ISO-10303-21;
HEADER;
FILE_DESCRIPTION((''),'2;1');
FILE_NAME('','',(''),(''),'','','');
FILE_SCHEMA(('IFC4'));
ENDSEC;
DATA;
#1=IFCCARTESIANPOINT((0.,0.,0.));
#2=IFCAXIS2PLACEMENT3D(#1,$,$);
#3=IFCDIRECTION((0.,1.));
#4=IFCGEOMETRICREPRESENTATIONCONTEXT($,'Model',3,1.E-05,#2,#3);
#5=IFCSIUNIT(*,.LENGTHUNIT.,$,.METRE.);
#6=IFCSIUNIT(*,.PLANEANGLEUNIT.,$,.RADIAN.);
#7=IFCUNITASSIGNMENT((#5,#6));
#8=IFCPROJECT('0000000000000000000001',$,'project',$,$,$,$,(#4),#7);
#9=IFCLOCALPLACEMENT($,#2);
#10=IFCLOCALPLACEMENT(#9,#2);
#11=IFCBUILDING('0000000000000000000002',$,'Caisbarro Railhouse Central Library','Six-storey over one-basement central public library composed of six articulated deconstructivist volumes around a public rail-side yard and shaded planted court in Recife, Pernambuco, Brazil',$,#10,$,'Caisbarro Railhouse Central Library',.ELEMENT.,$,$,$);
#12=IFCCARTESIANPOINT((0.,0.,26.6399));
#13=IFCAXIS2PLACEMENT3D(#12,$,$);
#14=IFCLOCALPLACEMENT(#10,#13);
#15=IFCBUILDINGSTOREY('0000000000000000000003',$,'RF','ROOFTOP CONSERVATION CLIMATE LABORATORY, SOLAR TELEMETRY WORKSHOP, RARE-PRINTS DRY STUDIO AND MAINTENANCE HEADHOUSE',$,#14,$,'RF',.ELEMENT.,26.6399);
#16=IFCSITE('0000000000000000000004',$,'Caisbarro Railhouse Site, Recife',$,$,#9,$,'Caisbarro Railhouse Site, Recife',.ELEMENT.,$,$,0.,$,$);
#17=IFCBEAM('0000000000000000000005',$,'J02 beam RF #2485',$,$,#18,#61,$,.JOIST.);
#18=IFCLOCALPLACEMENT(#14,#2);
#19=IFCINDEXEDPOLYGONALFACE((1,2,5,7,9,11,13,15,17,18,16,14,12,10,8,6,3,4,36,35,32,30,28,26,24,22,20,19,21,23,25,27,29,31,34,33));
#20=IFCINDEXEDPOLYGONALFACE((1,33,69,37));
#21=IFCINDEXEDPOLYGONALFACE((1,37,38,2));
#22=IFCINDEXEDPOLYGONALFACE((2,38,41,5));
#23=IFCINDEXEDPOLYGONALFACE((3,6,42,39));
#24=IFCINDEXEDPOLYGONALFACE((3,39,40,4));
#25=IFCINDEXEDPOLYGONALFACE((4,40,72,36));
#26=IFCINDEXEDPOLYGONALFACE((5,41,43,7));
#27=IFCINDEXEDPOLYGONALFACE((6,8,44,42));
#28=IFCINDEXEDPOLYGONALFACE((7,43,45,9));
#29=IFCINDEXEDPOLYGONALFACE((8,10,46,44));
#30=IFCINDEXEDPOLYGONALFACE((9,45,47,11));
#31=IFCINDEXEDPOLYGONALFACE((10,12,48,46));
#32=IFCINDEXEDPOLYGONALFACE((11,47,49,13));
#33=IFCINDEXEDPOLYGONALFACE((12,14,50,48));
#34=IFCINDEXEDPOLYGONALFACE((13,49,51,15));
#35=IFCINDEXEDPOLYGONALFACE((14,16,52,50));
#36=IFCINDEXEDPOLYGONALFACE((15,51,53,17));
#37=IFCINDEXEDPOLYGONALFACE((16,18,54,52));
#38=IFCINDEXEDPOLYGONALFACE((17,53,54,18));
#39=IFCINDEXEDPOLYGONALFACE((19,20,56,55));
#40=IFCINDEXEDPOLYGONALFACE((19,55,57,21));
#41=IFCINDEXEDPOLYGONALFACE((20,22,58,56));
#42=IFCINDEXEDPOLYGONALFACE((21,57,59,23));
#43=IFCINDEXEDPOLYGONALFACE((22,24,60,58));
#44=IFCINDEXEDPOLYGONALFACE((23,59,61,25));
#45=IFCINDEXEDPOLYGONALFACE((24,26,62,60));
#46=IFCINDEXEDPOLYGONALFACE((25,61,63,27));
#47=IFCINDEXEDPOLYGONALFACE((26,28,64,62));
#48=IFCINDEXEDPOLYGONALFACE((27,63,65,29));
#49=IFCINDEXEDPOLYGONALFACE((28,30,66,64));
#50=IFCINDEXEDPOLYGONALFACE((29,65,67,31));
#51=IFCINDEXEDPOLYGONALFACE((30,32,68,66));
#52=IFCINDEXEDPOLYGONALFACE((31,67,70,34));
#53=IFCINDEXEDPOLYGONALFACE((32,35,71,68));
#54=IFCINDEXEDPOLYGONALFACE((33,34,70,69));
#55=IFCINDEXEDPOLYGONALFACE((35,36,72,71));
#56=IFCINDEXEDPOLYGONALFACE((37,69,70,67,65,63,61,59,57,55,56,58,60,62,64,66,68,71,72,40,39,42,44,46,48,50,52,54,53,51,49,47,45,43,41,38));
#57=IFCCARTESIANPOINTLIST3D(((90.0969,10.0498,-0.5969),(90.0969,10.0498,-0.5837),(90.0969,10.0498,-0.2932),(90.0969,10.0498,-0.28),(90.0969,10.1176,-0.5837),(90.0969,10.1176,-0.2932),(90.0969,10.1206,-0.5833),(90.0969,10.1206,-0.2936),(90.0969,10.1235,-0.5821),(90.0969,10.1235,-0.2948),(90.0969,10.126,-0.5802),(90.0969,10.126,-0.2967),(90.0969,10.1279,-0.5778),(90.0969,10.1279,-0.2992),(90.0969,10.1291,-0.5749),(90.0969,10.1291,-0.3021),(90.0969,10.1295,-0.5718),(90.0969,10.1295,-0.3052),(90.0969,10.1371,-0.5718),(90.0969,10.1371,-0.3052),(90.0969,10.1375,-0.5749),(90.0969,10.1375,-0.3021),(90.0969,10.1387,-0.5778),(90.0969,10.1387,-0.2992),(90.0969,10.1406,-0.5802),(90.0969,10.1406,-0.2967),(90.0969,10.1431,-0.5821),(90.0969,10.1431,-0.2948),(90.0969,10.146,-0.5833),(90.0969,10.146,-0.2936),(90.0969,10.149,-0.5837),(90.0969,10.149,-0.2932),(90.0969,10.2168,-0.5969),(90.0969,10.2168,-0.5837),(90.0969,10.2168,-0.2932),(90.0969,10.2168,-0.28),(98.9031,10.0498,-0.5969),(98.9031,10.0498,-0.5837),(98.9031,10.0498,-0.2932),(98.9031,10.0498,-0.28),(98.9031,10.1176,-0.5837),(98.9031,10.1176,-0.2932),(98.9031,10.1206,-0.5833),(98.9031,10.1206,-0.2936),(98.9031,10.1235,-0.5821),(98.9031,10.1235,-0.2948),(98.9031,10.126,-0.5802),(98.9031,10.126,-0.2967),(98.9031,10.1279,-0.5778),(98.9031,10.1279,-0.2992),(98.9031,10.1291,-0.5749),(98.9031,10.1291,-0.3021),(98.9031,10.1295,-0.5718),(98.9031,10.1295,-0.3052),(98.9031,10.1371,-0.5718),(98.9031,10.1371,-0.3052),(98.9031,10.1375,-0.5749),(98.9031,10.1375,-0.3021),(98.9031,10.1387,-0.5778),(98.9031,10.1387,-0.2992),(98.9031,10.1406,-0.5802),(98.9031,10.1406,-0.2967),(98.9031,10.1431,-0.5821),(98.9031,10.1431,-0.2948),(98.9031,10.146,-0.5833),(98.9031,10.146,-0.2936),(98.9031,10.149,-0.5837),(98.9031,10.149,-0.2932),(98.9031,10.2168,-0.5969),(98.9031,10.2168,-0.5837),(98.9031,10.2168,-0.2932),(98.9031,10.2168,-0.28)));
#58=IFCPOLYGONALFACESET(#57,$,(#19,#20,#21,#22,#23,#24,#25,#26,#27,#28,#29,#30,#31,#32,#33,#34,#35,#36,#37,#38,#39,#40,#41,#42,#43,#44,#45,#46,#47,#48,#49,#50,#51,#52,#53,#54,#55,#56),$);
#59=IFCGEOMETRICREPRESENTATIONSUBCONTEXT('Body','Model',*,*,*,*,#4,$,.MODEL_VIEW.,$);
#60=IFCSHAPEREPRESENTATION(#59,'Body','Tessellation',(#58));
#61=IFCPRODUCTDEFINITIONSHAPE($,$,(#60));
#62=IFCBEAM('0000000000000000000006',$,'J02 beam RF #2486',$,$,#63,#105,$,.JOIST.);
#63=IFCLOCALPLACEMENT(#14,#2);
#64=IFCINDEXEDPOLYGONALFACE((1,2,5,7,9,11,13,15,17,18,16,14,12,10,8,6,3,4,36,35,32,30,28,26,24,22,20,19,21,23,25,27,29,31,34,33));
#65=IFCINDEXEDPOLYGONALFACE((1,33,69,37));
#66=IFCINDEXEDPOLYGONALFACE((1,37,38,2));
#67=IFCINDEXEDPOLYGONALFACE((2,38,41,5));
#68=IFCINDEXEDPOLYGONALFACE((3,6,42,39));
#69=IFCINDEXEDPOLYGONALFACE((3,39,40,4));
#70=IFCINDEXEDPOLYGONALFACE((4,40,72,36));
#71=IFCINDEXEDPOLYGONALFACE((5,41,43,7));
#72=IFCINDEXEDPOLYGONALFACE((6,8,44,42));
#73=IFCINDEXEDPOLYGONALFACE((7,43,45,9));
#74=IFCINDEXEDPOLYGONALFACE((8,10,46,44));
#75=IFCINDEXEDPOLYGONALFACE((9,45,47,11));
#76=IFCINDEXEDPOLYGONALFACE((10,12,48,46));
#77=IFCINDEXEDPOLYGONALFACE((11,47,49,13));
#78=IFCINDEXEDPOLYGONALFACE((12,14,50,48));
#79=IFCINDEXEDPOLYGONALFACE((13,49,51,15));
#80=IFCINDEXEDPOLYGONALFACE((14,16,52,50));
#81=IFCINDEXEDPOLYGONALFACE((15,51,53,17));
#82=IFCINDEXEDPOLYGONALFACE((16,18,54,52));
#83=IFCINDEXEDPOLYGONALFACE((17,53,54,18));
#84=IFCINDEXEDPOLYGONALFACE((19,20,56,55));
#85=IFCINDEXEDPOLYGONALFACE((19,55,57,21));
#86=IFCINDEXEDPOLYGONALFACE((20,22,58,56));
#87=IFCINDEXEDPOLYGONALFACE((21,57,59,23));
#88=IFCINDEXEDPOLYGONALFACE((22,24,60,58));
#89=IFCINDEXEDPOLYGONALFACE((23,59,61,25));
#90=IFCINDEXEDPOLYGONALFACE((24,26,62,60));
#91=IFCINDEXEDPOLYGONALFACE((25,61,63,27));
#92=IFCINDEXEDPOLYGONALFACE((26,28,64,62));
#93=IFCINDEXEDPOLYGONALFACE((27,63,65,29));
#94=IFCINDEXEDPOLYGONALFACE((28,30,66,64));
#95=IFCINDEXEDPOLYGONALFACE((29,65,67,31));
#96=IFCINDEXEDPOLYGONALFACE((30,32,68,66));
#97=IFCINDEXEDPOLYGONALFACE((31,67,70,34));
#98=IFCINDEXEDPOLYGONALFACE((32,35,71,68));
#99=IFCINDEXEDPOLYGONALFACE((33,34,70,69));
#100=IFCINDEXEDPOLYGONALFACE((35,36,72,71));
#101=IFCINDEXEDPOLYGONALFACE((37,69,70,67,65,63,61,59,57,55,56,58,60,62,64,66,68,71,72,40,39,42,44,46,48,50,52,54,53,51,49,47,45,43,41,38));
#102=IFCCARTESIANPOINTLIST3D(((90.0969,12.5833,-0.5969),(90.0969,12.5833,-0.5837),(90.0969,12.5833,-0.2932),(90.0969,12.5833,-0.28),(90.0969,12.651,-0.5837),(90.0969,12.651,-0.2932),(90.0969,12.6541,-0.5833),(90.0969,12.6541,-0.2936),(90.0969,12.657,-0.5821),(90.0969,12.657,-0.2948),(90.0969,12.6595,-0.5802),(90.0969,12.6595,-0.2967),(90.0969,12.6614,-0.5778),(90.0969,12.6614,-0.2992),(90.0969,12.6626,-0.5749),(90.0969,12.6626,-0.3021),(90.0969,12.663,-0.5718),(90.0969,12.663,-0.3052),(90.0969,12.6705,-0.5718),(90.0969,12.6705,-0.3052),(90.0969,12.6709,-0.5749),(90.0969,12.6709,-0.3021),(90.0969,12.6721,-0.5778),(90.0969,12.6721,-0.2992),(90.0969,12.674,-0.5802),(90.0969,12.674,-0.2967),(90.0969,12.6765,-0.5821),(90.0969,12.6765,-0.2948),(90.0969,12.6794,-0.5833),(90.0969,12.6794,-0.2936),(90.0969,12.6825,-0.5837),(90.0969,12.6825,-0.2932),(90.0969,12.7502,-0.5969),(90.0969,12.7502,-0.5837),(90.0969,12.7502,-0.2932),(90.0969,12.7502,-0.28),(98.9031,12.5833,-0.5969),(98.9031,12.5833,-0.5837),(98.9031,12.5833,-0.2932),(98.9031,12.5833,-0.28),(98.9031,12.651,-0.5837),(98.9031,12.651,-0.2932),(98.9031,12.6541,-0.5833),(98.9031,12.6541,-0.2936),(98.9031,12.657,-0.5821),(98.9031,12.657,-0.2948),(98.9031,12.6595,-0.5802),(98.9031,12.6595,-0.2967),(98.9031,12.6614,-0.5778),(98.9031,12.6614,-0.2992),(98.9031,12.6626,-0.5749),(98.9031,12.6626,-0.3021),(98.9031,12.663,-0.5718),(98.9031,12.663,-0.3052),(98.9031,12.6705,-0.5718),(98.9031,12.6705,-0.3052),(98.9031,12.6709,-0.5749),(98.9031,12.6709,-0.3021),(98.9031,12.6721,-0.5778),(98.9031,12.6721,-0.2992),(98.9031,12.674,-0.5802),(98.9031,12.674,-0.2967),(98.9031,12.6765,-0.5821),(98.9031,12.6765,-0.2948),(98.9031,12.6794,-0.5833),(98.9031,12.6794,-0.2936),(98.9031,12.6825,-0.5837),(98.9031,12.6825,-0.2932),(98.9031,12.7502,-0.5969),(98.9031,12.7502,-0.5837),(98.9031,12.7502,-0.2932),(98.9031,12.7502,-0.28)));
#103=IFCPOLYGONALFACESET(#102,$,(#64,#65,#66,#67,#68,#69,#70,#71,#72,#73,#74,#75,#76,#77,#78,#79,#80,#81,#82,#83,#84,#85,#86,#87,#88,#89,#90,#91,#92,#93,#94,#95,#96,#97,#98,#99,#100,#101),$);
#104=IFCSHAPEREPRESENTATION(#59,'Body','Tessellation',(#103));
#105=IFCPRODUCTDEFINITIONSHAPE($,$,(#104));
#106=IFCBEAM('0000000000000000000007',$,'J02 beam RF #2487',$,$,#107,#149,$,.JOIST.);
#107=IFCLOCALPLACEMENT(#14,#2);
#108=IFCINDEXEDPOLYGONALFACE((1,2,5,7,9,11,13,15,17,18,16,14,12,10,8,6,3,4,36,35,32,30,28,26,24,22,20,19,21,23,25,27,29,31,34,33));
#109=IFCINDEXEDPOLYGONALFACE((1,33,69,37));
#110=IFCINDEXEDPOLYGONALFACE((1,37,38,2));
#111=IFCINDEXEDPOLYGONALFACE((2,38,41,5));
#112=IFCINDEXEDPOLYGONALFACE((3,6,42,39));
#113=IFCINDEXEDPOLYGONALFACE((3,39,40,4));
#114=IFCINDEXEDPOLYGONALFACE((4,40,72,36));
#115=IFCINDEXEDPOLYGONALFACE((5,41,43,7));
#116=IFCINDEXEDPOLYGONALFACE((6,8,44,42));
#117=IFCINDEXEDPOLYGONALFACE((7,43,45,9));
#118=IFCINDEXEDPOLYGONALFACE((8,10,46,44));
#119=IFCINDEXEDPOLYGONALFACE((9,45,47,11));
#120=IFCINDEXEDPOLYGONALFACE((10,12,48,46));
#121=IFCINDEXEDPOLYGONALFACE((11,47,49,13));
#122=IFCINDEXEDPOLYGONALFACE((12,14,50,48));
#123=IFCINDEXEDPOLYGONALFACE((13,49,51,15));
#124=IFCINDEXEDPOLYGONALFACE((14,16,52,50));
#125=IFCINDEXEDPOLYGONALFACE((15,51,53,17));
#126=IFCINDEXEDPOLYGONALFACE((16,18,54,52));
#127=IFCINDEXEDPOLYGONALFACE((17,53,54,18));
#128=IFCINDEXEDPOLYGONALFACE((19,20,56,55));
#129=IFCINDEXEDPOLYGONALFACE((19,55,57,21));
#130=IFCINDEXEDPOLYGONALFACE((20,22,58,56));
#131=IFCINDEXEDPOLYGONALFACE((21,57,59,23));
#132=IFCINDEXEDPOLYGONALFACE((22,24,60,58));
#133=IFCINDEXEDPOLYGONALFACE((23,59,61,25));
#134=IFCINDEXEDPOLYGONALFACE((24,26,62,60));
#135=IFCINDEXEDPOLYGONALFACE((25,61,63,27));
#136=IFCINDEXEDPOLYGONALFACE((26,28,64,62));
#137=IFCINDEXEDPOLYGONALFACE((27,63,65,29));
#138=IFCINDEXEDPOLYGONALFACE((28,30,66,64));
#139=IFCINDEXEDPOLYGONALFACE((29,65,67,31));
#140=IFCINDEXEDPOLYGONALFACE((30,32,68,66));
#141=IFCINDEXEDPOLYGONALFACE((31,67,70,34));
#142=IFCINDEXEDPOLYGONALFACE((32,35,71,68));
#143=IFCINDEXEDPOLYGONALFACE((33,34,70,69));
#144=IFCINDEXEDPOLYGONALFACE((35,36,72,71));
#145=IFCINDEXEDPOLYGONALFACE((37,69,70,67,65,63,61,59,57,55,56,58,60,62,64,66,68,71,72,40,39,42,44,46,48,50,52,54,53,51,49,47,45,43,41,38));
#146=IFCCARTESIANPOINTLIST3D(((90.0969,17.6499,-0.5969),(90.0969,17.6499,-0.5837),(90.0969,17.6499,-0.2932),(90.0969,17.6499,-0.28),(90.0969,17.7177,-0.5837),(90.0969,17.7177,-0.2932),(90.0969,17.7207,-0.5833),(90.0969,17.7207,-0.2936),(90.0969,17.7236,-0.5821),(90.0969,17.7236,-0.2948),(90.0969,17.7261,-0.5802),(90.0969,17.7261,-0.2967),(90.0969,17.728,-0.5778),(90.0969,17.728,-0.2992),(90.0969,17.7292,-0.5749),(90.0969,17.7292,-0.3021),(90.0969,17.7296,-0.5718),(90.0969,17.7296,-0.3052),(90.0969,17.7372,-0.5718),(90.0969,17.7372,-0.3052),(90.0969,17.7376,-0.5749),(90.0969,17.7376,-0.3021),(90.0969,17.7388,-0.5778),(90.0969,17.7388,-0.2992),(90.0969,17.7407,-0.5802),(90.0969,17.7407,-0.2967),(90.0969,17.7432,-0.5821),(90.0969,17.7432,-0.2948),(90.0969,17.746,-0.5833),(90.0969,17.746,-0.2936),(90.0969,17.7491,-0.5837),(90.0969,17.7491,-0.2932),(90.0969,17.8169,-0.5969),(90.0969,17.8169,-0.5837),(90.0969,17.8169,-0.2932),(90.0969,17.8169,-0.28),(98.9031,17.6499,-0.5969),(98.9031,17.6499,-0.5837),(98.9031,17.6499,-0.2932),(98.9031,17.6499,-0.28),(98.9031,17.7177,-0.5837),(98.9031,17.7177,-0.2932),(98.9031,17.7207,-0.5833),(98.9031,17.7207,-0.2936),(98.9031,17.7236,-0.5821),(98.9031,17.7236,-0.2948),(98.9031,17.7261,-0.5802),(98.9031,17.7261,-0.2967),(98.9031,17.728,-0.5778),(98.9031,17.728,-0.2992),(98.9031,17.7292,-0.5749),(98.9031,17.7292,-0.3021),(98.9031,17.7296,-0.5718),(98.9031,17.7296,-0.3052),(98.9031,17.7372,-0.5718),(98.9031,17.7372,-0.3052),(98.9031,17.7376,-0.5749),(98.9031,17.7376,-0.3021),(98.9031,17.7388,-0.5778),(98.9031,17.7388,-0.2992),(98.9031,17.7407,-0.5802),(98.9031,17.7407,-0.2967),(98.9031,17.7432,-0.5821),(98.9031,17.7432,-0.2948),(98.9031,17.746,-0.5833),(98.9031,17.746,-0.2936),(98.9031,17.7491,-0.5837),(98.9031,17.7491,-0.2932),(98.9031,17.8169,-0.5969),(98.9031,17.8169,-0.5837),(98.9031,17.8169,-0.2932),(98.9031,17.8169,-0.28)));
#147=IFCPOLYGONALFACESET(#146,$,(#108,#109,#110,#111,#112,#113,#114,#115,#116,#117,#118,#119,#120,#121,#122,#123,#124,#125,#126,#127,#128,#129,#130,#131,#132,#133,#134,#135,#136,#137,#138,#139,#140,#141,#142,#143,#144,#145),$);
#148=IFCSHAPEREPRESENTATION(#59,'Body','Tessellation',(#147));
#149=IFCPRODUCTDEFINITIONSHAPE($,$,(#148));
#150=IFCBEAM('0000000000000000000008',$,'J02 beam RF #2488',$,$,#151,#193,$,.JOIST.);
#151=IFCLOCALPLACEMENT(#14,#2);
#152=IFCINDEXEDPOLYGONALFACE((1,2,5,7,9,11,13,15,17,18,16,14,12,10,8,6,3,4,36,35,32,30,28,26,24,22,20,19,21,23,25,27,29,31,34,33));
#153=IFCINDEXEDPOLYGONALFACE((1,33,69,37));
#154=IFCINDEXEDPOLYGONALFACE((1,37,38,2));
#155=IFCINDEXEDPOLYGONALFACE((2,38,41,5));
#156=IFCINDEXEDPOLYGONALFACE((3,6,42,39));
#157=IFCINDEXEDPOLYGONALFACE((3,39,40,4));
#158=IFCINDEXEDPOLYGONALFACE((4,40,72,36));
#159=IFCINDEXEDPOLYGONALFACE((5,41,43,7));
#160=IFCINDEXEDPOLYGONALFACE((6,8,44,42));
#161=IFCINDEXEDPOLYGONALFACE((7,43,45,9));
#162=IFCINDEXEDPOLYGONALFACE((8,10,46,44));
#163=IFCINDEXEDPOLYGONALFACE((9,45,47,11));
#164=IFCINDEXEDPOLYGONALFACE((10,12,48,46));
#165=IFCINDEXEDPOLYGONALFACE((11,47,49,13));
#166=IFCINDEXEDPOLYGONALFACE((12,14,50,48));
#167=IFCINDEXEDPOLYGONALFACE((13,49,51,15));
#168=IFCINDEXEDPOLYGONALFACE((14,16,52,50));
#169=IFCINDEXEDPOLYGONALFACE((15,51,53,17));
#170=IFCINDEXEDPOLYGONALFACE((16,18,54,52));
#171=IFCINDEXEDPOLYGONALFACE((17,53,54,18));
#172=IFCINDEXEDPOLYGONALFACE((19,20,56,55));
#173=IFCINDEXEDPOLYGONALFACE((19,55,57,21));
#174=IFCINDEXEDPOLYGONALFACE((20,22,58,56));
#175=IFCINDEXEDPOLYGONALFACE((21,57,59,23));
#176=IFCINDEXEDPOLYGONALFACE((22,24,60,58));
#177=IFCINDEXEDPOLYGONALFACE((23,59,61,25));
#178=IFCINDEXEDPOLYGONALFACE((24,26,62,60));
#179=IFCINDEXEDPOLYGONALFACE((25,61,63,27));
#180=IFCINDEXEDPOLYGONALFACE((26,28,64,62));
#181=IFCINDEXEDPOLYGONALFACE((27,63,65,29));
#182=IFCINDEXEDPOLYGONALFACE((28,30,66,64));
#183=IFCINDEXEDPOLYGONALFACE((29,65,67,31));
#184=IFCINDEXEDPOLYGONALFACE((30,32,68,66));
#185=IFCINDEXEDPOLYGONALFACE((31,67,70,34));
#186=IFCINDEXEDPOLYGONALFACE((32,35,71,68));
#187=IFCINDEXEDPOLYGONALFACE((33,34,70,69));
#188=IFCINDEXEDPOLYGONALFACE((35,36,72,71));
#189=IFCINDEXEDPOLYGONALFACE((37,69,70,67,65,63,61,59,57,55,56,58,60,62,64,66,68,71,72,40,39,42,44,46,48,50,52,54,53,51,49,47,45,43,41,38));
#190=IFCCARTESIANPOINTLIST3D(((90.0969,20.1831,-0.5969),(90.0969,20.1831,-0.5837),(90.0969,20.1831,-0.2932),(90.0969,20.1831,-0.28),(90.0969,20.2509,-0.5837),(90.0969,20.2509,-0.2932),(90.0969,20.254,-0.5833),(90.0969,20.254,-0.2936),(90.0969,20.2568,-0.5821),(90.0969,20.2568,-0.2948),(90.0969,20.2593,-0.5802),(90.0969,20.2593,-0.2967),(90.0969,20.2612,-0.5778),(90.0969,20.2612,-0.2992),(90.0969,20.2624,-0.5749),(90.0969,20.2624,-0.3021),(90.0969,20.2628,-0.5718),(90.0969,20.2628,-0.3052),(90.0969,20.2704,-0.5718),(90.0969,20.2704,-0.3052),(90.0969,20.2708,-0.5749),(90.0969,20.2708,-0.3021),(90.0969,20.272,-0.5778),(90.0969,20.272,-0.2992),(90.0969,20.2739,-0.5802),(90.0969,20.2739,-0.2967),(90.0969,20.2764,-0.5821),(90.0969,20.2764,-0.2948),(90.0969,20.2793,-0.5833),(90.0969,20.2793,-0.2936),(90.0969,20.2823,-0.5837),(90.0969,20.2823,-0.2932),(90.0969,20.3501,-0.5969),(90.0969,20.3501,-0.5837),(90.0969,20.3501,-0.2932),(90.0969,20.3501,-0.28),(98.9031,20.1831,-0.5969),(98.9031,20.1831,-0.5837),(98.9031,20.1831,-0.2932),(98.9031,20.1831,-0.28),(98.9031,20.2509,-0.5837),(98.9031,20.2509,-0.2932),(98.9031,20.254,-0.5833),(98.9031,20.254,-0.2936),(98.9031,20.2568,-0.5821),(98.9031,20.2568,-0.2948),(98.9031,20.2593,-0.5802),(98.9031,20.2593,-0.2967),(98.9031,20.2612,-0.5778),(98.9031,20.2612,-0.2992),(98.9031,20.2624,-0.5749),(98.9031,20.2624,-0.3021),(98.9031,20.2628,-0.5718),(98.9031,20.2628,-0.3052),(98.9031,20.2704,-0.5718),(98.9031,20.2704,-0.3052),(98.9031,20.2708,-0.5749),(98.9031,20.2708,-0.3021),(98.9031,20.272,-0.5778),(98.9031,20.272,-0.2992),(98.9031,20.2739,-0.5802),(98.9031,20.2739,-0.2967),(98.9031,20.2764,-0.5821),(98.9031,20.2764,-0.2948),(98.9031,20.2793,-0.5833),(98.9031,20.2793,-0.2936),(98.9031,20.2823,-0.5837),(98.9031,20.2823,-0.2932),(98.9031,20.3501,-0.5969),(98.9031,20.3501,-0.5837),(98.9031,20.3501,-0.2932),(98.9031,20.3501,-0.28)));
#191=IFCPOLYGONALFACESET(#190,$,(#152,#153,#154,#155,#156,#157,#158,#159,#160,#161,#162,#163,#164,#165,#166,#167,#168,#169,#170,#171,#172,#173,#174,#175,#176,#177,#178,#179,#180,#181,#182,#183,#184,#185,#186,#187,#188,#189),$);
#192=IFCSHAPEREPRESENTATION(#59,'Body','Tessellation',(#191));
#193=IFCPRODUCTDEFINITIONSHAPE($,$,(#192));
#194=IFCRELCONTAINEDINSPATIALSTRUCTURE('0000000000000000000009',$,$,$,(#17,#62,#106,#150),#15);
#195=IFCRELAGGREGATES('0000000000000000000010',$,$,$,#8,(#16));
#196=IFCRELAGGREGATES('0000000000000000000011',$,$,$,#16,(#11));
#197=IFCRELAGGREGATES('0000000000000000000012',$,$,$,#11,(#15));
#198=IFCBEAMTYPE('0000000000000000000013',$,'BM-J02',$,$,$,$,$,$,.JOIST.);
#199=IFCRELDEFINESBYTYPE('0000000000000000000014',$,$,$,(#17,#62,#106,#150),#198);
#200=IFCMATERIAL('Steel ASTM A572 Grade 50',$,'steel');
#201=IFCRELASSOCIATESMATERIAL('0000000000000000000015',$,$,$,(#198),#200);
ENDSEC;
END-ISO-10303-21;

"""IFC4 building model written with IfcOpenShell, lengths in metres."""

from ifc_helpers import new_model, si_unit, direction, frame, origin, origin_2d, place, context, subcontext, project, spatial, i_section, extrude, material, material_profile, profile_set, type_object, element, save


model = new_model("IFC4")

# Units and contexts
model_context = context("Model", 3, precision=1e-05, world=origin(), true_north=direction((0.0, 1.0)))
body_context = subcontext(model_context, "Body", "Model", "MODEL_VIEW")
ifc_project = project(units=[si_unit("LENGTHUNIT", "METRE"), si_unit("PLANEANGLEUNIT", "RADIAN")], contexts=[model_context])

# Site, building, storey
site_placement = place(None, origin())
site = spatial("IfcSite", under=ifc_project, at=site_placement, Name="Caisbarro Railhouse Site, Recife", LongName="Caisbarro Railhouse Site, Recife", CompositionType="ELEMENT", RefElevation=0.0)
building_placement = place(site_placement, origin())
building = spatial("IfcBuilding", under=site, at=building_placement, Name="Caisbarro Railhouse Central Library", Description="Six-storey over one-basement central public library composed of six articulated deconstructivist volumes around a public rail-side yard and shaded planted court in Recife, Pernambuco, Brazil", LongName="Caisbarro Railhouse Central Library", CompositionType="ELEMENT")
storey_placement = place(building_placement, frame((0.0, 0.0, 26.6399)))
storey = spatial("IfcBuildingStorey", under=building, at=storey_placement, Name="RF", Description="ROOFTOP CONSERVATION CLIMATE LABORATORY, SOLAR TELEMETRY WORKSHOP, RARE-PRINTS DRY STUDIO AND MAINTENANCE HEADHOUSE", LongName="RF", CompositionType="ELEMENT", Elevation=26.6399)

# Shared definitions
ifc_material_1 = material(Name="Steel ASTM A572 Grade 50", Category="steel")

# Beams
ifc_material_profile_1 = material_profile(ifc_material_1, i_section(OverallWidth=0.167, OverallDepth=0.3169, WebThickness=0.0076, FlangeThickness=0.0132, FilletRadius=0.012, at=origin_2d()), Name="W310X52.0")
ifc_profile_set_1 = profile_set([ifc_material_profile_1], Name="Steel ASTM A572 Grade 50")
beam_type_1 = type_object("IfcBeamType", Name="BM-J02", PredefinedType="JOIST", material=ifc_profile_set_1)
for number, where, z_axis, x_axis, name in (
    (1, (90.0969, 10.1333, -0.4385), (1.0, 0.0, 0.0), (0.0, 1.0, 0.0), "J02 beam RF #2485"),
    (2, (90.0969, 12.6667, -0.4385), (1.0, 0.0, 0.0), (0.0, 1.0, 0.0), "J02 beam RF #2486"),
    (3, (90.0969, 17.7334, -0.4385), (1.0, 0.0, 0.0), (0.0, 1.0, 0.0), "J02 beam RF #2487"),
    (4, (90.0969, 20.2666, -0.4385), (1.0, 0.0, 0.0), (0.0, 1.0, 0.0), "J02 beam RF #2488"),
):
    element("IfcBeam", number, at=place(storey_placement, frame(where, z_axis=z_axis, x_axis=x_axis)), inside=storey, type_object=beam_type_1, Name=name, PredefinedType="JOIST", context=body_context, shape_type="SweptSolid", body=[
        extrude(i_section(OverallWidth=0.167, OverallDepth=0.3169, WebThickness=0.0076, FlangeThickness=0.0132, FilletRadius=0.012, at=origin_2d()), origin(), (0.0, 0.0, 1.0), 8.8062),
    ])

save(model, "model.ifc")
